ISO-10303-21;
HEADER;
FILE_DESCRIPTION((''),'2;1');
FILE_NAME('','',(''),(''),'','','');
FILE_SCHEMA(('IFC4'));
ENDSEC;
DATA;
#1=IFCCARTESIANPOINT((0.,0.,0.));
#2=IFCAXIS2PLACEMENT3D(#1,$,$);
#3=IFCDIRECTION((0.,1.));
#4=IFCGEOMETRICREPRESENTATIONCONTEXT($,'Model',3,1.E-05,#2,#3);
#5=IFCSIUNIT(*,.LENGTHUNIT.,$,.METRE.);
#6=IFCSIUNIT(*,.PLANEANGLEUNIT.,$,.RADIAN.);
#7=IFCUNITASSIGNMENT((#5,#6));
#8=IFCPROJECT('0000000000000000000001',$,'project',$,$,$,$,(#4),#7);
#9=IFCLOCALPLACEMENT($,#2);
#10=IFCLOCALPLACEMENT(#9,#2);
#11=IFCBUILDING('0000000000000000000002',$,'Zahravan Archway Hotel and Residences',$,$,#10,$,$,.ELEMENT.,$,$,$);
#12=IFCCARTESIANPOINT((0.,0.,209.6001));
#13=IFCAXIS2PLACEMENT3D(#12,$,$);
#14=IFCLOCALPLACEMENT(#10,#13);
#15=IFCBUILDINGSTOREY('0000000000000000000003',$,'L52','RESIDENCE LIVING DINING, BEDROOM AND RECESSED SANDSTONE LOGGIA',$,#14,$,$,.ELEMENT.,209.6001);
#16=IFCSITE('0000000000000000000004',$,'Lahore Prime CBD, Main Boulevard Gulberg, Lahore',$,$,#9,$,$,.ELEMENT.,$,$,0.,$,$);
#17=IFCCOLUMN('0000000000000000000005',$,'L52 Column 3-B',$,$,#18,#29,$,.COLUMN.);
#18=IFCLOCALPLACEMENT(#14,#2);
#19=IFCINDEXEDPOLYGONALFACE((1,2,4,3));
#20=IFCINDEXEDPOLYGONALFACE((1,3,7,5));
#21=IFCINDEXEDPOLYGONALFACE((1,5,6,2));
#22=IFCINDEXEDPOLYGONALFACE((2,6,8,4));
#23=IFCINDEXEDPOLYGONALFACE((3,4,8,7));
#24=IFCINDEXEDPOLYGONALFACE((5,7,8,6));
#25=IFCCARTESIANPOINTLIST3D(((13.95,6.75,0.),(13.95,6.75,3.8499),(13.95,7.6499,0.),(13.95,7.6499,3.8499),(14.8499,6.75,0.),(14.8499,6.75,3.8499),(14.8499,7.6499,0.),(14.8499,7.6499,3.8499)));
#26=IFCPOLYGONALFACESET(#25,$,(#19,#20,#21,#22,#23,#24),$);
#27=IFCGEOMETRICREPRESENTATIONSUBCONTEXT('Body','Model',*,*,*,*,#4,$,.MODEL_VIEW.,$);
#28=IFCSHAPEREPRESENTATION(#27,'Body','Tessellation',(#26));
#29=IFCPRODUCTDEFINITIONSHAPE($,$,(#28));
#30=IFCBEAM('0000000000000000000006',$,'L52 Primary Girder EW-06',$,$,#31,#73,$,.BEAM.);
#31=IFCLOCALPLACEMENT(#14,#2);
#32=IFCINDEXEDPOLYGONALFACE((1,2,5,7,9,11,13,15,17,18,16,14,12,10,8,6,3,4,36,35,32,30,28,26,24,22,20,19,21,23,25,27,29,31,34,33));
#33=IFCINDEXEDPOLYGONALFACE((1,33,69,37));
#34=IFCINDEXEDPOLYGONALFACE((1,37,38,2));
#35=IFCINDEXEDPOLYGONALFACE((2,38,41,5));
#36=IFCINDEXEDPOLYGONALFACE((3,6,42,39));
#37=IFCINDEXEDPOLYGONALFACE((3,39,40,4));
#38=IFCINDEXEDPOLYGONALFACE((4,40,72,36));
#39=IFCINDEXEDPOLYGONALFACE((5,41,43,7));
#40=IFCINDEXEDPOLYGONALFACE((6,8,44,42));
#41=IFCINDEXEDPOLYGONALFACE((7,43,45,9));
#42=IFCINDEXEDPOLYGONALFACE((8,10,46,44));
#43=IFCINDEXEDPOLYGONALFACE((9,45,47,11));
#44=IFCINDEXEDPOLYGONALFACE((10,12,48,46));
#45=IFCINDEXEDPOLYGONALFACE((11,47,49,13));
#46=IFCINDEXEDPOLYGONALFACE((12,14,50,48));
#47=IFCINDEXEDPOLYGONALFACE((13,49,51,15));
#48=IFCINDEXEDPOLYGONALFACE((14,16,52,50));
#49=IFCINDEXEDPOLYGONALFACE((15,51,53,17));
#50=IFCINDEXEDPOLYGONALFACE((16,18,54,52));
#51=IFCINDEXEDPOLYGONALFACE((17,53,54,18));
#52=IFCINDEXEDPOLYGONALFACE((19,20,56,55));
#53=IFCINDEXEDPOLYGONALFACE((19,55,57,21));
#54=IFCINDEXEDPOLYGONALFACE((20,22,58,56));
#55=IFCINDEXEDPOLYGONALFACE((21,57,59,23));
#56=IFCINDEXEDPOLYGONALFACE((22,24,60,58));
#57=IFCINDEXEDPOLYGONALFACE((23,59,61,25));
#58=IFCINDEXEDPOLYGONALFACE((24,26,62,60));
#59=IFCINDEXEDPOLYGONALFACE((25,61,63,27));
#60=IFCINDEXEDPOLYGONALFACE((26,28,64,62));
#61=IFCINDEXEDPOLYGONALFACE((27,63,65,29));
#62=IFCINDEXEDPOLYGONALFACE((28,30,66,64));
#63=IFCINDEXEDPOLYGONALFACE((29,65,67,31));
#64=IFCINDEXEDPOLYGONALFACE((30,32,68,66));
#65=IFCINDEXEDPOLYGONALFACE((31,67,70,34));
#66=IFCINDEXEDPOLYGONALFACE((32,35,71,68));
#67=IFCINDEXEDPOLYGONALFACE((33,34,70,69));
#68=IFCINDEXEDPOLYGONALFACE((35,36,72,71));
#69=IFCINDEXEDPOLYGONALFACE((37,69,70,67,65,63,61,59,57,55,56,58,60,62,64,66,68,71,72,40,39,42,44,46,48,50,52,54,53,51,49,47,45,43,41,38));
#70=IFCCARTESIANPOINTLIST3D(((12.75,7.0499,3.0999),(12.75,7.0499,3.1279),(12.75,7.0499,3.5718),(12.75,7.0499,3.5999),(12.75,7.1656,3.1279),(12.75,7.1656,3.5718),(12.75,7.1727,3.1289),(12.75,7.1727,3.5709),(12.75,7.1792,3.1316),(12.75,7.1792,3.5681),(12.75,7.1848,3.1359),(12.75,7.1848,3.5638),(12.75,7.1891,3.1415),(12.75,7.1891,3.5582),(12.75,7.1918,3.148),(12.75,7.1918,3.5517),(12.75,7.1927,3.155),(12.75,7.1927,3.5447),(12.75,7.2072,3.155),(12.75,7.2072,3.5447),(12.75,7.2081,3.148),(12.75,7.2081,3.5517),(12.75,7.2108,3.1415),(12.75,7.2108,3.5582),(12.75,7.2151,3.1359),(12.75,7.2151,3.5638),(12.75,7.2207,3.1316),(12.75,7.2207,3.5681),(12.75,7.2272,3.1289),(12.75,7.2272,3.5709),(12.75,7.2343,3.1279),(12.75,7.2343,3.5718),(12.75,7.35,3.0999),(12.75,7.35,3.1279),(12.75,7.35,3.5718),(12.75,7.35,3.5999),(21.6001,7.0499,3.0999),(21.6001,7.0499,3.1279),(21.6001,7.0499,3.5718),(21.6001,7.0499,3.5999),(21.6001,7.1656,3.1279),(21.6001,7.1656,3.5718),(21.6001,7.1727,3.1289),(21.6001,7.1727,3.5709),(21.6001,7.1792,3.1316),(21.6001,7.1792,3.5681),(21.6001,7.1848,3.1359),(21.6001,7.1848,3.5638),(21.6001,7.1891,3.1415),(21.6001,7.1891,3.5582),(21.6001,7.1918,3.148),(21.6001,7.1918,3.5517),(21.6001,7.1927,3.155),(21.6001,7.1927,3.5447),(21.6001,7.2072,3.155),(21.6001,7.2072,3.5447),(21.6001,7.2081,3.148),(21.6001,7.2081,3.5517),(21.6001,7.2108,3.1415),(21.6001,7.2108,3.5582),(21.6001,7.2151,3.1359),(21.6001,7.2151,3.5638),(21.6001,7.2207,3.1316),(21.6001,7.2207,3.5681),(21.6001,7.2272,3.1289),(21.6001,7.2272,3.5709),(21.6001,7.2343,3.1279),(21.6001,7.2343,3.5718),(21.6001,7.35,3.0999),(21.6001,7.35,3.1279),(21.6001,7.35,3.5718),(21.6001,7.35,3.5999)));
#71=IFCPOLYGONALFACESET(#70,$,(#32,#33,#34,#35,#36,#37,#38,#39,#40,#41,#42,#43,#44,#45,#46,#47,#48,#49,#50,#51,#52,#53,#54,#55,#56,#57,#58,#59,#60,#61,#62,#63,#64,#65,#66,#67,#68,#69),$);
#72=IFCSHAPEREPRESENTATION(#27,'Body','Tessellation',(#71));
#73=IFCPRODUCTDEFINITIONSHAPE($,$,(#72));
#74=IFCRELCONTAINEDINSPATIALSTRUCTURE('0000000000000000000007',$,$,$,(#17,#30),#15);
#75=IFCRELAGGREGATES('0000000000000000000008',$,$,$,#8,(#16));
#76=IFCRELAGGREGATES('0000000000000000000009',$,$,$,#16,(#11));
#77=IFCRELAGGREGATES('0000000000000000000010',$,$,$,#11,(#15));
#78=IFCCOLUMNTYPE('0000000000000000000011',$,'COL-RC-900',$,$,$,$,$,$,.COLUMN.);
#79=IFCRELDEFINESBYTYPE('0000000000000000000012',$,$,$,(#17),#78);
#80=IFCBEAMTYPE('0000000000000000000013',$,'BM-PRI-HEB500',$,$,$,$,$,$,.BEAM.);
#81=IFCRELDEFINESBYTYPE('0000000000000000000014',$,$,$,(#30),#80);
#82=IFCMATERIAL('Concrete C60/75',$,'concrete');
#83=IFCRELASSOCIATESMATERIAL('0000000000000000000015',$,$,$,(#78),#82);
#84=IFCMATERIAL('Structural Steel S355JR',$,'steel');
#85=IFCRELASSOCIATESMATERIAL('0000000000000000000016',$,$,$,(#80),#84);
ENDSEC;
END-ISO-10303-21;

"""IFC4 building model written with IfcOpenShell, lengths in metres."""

from ifc_helpers import new_model, si_unit, direction, frame, origin, origin_2d, place, context, subcontext, project, spatial, rectangle, i_section, extrude, source, transform, mapped, material, material_profile, profile_set, type_object, element, save


model = new_model("IFC4")

# Units and contexts
model_context = context("Model", 3, precision=1e-05, world=origin(), true_north=direction((0.0, 1.0)))
body_context = subcontext(model_context, "Body", "Model", "MODEL_VIEW")
ifc_project = project(units=[si_unit("LENGTHUNIT", "METRE"), si_unit("PLANEANGLEUNIT", "RADIAN")], contexts=[model_context])

# Site, building, storey
site_placement = place(None, origin())
site = spatial("IfcSite", under=ifc_project, at=site_placement, Name="Lahore Prime CBD, Main Boulevard Gulberg, Lahore", CompositionType="ELEMENT", RefElevation=0.0)
building_placement = place(site_placement, origin())
building = spatial("IfcBuilding", under=site, at=building_placement, Name="Zahravan Archway Hotel and Residences", CompositionType="ELEMENT")
storey_placement = place(building_placement, frame((0.0, 0.0, 209.6001)))
storey = spatial("IfcBuildingStorey", under=building, at=storey_placement, Name="L52", Description="RESIDENCE LIVING DINING, BEDROOM AND RECESSED SANDSTONE LOGGIA", CompositionType="ELEMENT", Elevation=209.6001)

# Column
ifc_material_1 = material(Name="Concrete C60/75", Category="concrete")
ifc_material_profile_1 = material_profile(ifc_material_1, rectangle(XDim=0.8999, YDim=0.8999, at=origin_2d()), Name="RC-COL-900x900", Category="concrete")
ifc_profile_set_1 = profile_set([ifc_material_profile_1], Name="Concrete C60/75")
column_type = type_object("IfcColumnType", Name="COL-RC-900", PredefinedType="COLUMN", material=ifc_profile_set_1)
shared_shape_1 = source(origin(), body_context, "Body", "SweptSolid", [
    extrude(rectangle(XDim=0.8999, YDim=0.8999, at=origin_2d()), origin(), (0.0, 0.0, 1.0), 3.8499),
])
column_placement = place(storey_placement, frame((14.3999, 7.2, 0.0), z_axis=(0.0, 0.0, 1.0), x_axis=(1.0, 0.0, 0.0)))
element("IfcColumn", 1, at=column_placement, inside=storey, type_object=column_type, Name="L52 Column 3-B", PredefinedType="COLUMN", context=body_context, shape_type="MappedRepresentation", body=[
    mapped(shared_shape_1, transform((0.0, 0.0, 0.0), scale=1.0)),
])

# Beam
ifc_material_2 = material(Name="Structural Steel S355JR", Category="steel")
ifc_material_profile_2 = material_profile(ifc_material_2, i_section(OverallWidth=0.3, OverallDepth=0.5, WebThickness=0.0144, FlangeThickness=0.0281, FilletRadius=0.0271, at=origin_2d()), Name="HEB 500", Category="steel")
ifc_profile_set_2 = profile_set([ifc_material_profile_2], Name="Structural Steel S355JR")
beam_type = type_object("IfcBeamType", Name="BM-PRI-HEB500", PredefinedType="BEAM", material=ifc_profile_set_2)
shared_shape_2 = source(origin(), body_context, "Body", "SweptSolid", [
    extrude(i_section(OverallWidth=0.3, OverallDepth=0.5, WebThickness=0.0144, FlangeThickness=0.0281, FilletRadius=0.0271, at=origin_2d()), origin(), (0.0, 0.0, 1.0), 8.8501),
])
beam_placement = place(storey_placement, frame((12.75, 7.2, 3.3499), z_axis=(1.0, 0.0, 0.0), x_axis=(0.0, 1.0, 0.0)))
element("IfcBeam", 2, at=beam_placement, inside=storey, type_object=beam_type, Name="L52 Primary Girder EW-06", PredefinedType="BEAM", context=body_context, shape_type="MappedRepresentation", body=[
    mapped(shared_shape_2, transform((0.0, 0.0, 0.0), scale=1.0)),
])

save(model, "model.ifc")
